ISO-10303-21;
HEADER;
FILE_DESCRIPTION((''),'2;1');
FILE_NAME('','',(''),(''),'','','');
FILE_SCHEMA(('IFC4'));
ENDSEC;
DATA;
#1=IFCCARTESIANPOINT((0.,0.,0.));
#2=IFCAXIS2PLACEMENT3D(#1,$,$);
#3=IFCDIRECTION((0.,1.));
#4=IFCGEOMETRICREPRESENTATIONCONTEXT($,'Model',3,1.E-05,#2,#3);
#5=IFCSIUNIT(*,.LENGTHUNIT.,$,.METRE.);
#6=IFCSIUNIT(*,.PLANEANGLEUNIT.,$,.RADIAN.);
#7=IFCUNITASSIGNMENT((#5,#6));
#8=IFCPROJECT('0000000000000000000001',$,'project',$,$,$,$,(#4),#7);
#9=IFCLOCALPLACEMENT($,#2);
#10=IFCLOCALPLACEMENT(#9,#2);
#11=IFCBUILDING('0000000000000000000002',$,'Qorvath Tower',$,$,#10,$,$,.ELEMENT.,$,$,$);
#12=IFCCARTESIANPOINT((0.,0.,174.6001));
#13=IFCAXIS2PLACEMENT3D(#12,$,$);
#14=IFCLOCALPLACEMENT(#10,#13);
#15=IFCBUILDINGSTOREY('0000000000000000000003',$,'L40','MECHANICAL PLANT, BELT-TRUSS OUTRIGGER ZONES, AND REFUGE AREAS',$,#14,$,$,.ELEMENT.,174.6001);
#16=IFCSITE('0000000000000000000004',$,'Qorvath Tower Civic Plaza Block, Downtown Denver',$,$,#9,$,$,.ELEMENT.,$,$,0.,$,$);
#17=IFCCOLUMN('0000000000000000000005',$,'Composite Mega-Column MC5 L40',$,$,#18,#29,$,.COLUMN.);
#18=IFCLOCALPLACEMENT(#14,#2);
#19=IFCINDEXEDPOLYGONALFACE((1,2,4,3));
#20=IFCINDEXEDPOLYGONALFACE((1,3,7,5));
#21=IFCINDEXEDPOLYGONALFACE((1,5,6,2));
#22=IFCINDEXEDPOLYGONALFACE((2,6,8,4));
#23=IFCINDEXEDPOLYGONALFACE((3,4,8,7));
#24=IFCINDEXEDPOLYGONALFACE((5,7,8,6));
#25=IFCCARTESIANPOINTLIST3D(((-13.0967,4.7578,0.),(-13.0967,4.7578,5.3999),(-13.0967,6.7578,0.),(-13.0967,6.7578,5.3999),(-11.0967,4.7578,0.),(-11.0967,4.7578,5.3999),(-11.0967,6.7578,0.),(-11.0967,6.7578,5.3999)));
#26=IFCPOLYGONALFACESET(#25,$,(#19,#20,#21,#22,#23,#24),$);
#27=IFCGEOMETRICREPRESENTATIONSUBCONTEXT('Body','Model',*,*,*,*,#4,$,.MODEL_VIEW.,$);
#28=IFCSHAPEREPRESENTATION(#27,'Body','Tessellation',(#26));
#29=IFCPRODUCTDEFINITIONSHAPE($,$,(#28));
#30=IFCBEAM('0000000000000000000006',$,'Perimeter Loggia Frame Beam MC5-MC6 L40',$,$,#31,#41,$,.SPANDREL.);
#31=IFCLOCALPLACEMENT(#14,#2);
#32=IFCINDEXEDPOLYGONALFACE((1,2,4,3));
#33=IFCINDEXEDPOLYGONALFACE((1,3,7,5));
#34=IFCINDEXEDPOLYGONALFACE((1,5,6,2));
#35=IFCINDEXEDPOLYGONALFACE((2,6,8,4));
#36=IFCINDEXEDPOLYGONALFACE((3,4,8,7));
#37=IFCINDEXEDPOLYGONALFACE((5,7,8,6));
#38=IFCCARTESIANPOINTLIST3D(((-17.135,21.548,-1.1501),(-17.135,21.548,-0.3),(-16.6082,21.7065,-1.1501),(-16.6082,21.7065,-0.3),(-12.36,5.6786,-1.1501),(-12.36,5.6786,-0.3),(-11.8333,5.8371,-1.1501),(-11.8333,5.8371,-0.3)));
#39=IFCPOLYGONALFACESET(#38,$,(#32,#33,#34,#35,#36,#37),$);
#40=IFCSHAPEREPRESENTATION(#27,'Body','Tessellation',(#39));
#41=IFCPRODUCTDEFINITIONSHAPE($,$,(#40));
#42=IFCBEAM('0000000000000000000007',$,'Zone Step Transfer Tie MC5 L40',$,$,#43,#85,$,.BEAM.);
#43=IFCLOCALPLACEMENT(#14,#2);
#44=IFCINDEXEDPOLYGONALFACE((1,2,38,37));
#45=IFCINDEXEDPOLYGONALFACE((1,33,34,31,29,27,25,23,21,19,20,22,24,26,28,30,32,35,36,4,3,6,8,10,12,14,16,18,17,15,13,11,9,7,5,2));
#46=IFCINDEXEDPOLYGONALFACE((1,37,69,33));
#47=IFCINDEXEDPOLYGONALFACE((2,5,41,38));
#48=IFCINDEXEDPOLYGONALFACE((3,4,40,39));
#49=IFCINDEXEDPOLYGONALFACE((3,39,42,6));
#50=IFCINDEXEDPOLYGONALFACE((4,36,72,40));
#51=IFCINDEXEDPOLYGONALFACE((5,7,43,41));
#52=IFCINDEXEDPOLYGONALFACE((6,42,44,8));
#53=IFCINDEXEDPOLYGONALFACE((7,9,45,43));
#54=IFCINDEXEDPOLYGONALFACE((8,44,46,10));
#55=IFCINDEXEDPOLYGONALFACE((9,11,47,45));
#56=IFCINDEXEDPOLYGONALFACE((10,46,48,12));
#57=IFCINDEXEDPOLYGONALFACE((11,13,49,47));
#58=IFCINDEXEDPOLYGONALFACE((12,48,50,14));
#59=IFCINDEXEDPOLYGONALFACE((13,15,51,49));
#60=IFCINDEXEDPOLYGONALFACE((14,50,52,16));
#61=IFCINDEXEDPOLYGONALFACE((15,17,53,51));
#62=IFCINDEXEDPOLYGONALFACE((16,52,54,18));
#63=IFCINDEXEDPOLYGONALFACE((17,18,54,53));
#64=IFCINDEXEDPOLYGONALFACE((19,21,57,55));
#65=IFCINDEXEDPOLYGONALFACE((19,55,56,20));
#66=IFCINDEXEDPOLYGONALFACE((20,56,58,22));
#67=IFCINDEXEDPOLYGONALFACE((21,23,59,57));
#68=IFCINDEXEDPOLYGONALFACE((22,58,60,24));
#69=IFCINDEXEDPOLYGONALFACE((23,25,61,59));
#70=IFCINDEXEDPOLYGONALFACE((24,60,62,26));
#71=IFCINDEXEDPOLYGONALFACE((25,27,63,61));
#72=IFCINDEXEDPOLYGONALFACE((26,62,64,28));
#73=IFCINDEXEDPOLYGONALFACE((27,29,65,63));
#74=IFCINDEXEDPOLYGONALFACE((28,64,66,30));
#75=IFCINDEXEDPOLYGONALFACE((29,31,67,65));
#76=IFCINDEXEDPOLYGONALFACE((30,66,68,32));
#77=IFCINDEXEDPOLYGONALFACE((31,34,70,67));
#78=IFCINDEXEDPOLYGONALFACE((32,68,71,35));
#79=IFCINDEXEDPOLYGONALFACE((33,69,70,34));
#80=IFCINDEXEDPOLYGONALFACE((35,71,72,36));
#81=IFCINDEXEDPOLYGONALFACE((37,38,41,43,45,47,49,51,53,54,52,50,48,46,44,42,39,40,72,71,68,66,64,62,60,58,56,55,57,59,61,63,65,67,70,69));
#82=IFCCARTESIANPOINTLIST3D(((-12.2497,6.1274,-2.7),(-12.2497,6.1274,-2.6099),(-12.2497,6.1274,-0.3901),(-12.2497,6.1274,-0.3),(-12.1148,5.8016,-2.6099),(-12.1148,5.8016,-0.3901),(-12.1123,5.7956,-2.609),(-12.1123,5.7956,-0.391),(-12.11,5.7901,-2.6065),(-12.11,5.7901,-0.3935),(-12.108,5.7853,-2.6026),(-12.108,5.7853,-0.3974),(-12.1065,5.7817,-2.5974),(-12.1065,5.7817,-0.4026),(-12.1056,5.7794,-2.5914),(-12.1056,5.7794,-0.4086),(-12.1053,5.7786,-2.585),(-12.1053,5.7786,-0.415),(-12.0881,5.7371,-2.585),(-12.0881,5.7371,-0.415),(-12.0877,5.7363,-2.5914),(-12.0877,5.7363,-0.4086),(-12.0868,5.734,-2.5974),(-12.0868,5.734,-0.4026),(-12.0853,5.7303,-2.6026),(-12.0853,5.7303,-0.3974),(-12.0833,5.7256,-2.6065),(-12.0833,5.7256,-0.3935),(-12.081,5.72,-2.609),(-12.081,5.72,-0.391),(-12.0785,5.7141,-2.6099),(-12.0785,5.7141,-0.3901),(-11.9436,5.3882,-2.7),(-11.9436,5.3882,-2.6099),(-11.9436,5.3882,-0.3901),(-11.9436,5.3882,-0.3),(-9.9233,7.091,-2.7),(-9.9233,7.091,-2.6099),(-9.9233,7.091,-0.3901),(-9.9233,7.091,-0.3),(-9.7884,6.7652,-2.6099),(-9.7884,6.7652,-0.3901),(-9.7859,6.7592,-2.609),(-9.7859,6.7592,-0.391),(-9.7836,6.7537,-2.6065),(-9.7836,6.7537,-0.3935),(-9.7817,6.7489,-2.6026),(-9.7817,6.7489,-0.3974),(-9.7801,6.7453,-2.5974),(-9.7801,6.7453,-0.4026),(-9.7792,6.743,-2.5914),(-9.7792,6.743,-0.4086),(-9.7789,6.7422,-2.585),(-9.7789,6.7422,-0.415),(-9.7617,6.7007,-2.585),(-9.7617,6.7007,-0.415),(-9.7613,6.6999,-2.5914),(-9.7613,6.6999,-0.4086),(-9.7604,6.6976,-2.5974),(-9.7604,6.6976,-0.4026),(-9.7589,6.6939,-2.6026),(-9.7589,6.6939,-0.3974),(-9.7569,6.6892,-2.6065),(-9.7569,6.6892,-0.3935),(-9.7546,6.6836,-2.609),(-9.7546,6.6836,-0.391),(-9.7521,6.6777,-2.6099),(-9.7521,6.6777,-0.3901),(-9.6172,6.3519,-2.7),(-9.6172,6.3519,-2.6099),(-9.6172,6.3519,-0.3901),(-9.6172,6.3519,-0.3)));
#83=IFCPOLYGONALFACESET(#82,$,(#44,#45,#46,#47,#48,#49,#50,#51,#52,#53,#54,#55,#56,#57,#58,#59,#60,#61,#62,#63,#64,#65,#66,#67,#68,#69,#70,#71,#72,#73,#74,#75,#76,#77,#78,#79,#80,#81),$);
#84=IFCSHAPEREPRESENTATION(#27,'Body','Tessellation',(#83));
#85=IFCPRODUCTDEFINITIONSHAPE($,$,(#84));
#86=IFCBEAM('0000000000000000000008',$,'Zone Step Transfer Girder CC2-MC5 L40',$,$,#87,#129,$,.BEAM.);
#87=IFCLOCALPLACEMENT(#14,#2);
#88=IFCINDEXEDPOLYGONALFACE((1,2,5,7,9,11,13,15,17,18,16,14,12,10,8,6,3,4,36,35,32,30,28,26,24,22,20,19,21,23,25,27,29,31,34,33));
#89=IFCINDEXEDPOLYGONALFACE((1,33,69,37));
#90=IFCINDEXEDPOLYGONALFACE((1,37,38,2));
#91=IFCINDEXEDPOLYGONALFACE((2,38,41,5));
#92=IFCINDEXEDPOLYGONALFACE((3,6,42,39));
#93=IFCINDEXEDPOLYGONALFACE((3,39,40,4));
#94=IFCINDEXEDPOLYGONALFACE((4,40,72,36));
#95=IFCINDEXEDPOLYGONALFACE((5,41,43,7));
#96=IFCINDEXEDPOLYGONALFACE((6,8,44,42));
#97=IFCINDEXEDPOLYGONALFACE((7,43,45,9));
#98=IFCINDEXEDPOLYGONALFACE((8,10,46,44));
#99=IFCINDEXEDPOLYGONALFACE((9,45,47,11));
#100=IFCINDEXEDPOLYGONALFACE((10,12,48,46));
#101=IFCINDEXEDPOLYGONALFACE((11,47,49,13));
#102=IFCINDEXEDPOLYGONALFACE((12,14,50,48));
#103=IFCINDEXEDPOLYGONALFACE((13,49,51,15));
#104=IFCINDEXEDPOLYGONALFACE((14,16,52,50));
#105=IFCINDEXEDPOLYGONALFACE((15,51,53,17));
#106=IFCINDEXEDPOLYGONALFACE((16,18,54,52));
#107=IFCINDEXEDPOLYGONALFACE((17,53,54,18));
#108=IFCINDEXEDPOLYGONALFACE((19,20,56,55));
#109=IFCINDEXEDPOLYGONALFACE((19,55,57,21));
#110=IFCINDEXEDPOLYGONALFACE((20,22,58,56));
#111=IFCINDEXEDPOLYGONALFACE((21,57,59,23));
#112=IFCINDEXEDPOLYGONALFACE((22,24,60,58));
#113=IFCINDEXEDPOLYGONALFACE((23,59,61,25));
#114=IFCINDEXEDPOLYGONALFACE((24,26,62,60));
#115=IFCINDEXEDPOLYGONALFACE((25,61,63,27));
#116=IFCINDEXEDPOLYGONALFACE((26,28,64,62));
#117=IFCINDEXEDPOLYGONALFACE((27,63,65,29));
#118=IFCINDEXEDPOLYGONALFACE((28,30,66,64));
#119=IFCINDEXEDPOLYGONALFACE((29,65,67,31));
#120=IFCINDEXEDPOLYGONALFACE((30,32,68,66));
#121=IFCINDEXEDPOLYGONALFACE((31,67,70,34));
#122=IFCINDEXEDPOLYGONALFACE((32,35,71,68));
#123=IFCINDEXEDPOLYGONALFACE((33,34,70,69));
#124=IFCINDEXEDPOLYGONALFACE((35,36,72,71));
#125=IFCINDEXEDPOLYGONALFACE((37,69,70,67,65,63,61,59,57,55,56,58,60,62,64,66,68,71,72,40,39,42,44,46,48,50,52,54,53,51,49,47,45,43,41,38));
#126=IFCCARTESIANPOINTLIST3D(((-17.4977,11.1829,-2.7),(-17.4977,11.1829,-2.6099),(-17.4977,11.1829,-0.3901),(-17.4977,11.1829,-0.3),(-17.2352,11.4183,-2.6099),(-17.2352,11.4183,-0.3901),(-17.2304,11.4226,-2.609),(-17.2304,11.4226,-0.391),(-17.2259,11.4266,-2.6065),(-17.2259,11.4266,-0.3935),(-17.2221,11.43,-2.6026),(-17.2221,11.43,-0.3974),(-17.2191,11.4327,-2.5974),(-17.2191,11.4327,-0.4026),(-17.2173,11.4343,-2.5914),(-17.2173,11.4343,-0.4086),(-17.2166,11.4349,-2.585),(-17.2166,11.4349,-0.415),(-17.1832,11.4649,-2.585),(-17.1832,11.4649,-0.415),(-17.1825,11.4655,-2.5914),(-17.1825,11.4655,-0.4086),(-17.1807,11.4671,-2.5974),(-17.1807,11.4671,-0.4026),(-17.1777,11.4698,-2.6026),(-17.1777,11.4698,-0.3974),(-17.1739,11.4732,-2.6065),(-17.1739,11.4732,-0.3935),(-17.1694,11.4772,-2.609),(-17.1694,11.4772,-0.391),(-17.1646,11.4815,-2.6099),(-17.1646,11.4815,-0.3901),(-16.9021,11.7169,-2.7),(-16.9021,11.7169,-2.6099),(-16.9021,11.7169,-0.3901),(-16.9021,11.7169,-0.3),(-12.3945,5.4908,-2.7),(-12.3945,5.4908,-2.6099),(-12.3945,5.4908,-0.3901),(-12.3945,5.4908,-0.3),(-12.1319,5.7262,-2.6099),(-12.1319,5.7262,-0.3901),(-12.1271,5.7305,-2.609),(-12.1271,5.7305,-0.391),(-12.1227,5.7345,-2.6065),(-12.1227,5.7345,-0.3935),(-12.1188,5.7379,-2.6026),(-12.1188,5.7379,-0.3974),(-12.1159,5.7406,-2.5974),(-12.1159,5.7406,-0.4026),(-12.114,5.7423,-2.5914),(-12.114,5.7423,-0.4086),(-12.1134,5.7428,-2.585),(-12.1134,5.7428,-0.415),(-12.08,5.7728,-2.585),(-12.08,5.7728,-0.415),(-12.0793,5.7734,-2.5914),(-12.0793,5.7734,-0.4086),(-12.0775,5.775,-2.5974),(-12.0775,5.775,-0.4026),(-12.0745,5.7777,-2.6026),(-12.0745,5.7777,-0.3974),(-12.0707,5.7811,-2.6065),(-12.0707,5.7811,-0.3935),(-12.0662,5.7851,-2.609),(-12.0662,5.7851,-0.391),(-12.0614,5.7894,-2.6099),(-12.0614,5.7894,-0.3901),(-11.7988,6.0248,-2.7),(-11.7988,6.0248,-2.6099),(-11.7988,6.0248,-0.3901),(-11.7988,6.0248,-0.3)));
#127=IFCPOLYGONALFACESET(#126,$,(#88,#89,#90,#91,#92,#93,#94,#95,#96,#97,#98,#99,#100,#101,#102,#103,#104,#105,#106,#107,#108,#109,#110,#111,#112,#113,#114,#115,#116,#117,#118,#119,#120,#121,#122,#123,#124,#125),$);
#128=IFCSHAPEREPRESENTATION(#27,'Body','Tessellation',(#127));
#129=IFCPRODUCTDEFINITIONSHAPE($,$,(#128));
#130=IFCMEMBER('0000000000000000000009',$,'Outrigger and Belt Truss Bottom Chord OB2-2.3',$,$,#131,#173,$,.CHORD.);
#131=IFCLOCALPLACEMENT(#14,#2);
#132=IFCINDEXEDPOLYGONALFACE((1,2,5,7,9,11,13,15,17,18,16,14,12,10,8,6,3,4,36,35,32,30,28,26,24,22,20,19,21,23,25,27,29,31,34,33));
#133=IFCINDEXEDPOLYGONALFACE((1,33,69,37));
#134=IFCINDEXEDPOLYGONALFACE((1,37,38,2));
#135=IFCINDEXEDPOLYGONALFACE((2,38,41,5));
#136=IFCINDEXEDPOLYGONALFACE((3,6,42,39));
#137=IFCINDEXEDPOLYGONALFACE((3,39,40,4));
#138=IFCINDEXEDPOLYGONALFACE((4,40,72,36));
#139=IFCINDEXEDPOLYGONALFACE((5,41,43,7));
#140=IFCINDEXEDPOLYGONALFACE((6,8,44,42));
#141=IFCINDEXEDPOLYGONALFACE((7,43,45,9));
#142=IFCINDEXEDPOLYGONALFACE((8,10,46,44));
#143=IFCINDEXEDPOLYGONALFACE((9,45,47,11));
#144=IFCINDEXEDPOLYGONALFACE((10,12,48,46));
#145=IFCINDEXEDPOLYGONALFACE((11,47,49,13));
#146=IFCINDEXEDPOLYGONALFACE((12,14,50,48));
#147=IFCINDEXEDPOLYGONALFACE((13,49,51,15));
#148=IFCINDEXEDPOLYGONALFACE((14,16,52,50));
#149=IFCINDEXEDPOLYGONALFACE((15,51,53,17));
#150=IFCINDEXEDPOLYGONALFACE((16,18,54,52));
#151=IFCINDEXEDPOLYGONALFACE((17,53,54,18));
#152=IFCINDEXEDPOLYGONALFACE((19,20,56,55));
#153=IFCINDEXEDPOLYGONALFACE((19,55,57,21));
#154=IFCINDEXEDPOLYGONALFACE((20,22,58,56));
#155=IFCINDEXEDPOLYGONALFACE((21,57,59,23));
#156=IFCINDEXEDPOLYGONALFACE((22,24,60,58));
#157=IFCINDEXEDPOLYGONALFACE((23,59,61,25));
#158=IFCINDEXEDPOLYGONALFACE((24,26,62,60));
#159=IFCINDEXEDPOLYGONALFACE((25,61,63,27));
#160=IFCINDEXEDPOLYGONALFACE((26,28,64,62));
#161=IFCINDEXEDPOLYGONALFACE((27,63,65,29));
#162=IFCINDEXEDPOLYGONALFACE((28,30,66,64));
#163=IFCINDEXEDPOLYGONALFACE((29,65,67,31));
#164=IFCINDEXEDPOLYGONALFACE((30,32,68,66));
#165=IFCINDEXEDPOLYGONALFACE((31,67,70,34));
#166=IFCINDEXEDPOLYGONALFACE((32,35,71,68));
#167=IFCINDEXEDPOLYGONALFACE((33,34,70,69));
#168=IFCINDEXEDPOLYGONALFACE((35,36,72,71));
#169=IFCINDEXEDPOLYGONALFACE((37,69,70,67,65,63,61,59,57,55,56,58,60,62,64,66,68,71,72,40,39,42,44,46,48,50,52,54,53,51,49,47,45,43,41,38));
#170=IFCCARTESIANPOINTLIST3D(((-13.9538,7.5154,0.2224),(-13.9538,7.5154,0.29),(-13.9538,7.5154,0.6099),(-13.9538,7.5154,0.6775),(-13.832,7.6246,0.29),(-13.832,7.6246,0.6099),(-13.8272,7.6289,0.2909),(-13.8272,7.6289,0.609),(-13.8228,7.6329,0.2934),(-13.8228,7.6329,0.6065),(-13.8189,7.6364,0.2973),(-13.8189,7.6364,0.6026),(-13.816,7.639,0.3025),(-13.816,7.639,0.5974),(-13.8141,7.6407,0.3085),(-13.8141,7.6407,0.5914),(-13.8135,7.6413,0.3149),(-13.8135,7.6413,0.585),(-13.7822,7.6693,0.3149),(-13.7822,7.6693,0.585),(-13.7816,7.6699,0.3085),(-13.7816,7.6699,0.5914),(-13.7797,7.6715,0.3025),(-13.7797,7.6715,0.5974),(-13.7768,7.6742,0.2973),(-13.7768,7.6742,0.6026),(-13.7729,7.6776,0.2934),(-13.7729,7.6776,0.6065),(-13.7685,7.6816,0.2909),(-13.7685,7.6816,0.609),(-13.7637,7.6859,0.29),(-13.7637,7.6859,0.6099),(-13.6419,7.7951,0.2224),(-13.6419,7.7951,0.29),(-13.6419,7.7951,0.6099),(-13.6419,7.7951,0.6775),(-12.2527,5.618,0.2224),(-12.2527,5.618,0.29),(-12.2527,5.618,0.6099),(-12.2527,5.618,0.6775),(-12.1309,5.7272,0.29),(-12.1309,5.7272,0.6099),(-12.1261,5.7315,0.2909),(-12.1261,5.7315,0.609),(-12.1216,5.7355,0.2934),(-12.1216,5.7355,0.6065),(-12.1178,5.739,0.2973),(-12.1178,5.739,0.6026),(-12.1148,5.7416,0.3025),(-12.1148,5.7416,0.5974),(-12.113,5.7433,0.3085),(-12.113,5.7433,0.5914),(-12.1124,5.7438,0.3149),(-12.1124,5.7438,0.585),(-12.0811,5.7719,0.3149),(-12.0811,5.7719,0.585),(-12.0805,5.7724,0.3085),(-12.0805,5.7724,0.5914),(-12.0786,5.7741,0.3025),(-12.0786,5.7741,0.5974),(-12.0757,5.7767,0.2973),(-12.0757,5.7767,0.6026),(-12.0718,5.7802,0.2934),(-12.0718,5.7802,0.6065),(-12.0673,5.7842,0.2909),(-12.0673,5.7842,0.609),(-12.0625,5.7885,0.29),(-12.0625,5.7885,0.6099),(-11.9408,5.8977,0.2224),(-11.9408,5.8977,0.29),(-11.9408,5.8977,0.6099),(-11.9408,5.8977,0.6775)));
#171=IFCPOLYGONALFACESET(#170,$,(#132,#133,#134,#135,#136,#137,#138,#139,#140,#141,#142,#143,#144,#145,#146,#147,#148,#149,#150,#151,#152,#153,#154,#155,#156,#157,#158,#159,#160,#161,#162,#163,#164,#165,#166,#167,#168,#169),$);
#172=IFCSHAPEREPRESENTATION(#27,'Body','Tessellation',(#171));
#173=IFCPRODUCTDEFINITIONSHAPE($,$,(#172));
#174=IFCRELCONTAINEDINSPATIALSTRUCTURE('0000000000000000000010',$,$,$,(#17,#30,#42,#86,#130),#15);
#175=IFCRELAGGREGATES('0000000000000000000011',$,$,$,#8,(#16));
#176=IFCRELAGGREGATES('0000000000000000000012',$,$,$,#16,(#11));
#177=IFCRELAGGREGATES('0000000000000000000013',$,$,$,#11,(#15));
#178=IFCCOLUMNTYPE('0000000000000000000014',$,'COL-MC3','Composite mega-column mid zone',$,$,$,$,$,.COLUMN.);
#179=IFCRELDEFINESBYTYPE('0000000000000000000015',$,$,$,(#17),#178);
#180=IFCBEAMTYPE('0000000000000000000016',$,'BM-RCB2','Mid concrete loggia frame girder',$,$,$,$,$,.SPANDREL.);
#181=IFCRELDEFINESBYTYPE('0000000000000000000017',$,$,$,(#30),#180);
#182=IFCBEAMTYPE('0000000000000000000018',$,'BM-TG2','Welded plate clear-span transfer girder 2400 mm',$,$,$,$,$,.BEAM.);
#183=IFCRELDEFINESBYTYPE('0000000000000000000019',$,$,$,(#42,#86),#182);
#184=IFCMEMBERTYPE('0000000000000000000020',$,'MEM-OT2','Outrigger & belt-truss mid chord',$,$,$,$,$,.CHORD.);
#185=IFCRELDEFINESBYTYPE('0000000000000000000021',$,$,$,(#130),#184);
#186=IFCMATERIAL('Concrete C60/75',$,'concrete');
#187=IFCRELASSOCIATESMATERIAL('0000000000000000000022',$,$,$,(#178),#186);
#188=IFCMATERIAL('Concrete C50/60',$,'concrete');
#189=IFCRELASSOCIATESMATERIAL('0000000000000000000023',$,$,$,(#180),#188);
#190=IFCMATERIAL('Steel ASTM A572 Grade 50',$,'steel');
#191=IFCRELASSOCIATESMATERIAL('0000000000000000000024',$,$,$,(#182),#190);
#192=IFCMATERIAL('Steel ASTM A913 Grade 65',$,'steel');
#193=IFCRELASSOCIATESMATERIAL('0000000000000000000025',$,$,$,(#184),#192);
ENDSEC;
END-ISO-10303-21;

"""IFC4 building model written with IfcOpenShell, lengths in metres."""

from ifc_helpers import new_model, si_unit, direction, frame, origin, origin_2d, place, context, subcontext, project, spatial, rectangle, i_section, extrude, material, material_profile, profile_set, type_object, element, save


model = new_model("IFC4")

# Units and contexts
model_context = context("Model", 3, precision=1e-05, world=origin(), true_north=direction((0.0, 1.0)))
body_context = subcontext(model_context, "Body", "Model", "MODEL_VIEW")
ifc_project = project(units=[si_unit("LENGTHUNIT", "METRE"), si_unit("PLANEANGLEUNIT", "RADIAN")], contexts=[model_context])

# Site, building, storey
site_placement = place(None, origin())
site = spatial("IfcSite", under=ifc_project, at=site_placement, Name="Qorvath Tower Civic Plaza Block, Downtown Denver", CompositionType="ELEMENT", RefElevation=0.0)
building_placement = place(site_placement, origin())
building = spatial("IfcBuilding", under=site, at=building_placement, Name="Qorvath Tower", CompositionType="ELEMENT")
storey_placement = place(building_placement, frame((0.0, 0.0, 174.6001)))
storey = spatial("IfcBuildingStorey", under=building, at=storey_placement, Name="L40", Description="MECHANICAL PLANT, BELT-TRUSS OUTRIGGER ZONES, AND REFUGE AREAS", CompositionType="ELEMENT", Elevation=174.6001)

# Column
ifc_material_1 = material(Name="Concrete C60/75", Category="concrete")
ifc_material_profile_1 = material_profile(ifc_material_1, rectangle(XDim=2.0, YDim=2.0, at=origin_2d()), Name="MC 2000x2000")
ifc_profile_set_1 = profile_set([ifc_material_profile_1], Name="Concrete C60/75")
column_type = type_object("IfcColumnType", Name="COL-MC3", Description="Composite mega-column mid zone", PredefinedType="COLUMN", material=ifc_profile_set_1)
column_placement = place(storey_placement, frame((-12.0967, 5.7578, 0.0), z_axis=(0.0, 0.0, 1.0), x_axis=(1.0, 0.0, 0.0)))
element("IfcColumn", 1, at=column_placement, inside=storey, type_object=column_type, Name="Composite Mega-Column MC5 L40", PredefinedType="COLUMN", context=body_context, shape_type="SweptSolid", body=[
    extrude(rectangle(XDim=2.0, YDim=2.0, at=origin_2d()), origin(), (0.0, 0.0, 1.0), 5.3999),
])

# Beams
ifc_material_2 = material(Name="Concrete C50/60", Category="concrete")
ifc_material_profile_2 = material_profile(ifc_material_2, rectangle(XDim=0.55, YDim=0.8501, at=origin_2d()), Name="RCB 850x550")
ifc_profile_set_2 = profile_set([ifc_material_profile_2], Name="Concrete C50/60")
beam_type_1 = type_object("IfcBeamType", Name="BM-RCB2", Description="Mid concrete loggia frame girder", PredefinedType="SPANDREL", material=ifc_profile_set_2)
beam_1_placement = place(storey_placement, frame((-12.0967, 5.7578, -0.7251), z_axis=(-0.288128, 0.957592, 0.0), x_axis=(-0.957592, -0.288128, 0.0)))
element("IfcBeam", 2, at=beam_1_placement, inside=storey, type_object=beam_type_1, Name="Perimeter Loggia Frame Beam MC5-MC6 L40", PredefinedType="SPANDREL", context=body_context, shape_type="SweptSolid", body=[
    extrude(rectangle(XDim=0.55, YDim=0.8501, at=origin_2d()), origin(), (0.0, 0.0, 1.0), 16.5723),
])
ifc_material_3 = material(Name="Steel ASTM A572 Grade 50", Category="steel")
ifc_material_profile_3 = material_profile(ifc_material_3, i_section(OverallWidth=0.8, OverallDepth=2.3999, WebThickness=0.0449, FlangeThickness=0.0901, FilletRadius=0.0249, at=origin_2d()), Name="WTG 2400x800")
ifc_profile_set_3 = profile_set([ifc_material_profile_3], Name="Steel ASTM A572 Grade 50")
beam_type_2 = type_object("IfcBeamType", Name="BM-TG2", Description="Welded plate clear-span transfer girder 2400 mm", PredefinedType="BEAM", material=ifc_profile_set_3)
beam_2_placement = place(storey_placement, frame((-9.7703, 6.7214, -1.5), z_axis=(-0.923881, -0.38268, 0.0), x_axis=(0.38268, -0.923881, 0.0)))
element("IfcBeam", 3, at=beam_2_placement, inside=storey, type_object=beam_type_2, Name="Zone Step Transfer Tie MC5 L40", PredefinedType="BEAM", context=body_context, shape_type="SweptSolid", body=[
    extrude(i_section(OverallWidth=0.8, OverallDepth=2.3999, WebThickness=0.0449, FlangeThickness=0.0901, FilletRadius=0.0249, at=origin_2d()), origin(), (0.0, 0.0, 1.0), 2.5181),
])
beam_3_placement = place(storey_placement, frame((-12.0967, 5.7578, -1.5), z_axis=(-0.667543, 0.744571, 0.0), x_axis=(-0.744571, -0.667543, 0.0)))
element("IfcBeam", 4, at=beam_3_placement, inside=storey, type_object=beam_type_2, Name="Zone Step Transfer Girder CC2-MC5 L40", PredefinedType="BEAM", context=body_context, shape_type="SweptSolid", body=[
    extrude(i_section(OverallWidth=0.8, OverallDepth=2.3999, WebThickness=0.0449, FlangeThickness=0.0901, FilletRadius=0.0249, at=origin_2d()), origin(), (0.0, 0.0, 1.0), 7.6448),
])

# Member
ifc_material_4 = material(Name="Steel ASTM A913 Grade 65", Category="steel")
ifc_material_profile_4 = material_profile(ifc_material_4, i_section(OverallWidth=0.4189, OverallDepth=0.4551, WebThickness=0.042, FlangeThickness=0.0676, FilletRadius=0.0249, at=origin_2d()), Name="W14x370")
ifc_profile_set_4 = profile_set([ifc_material_profile_4], Name="Steel ASTM A913 Grade 65")
member_type_1 = type_object("IfcMemberType", Name="MEM-OT2", Description="Outrigger & belt-truss mid chord", PredefinedType="CHORD", material=ifc_profile_set_4)
member_1_placement = place(storey_placement, frame((-13.7979, 7.6553, 0.45), z_axis=(0.667545, -0.744569, 0.0), x_axis=(0.744569, 0.667545, 0.0)))
element("IfcMember", 5, at=member_1_placement, inside=storey, type_object=member_type_1, Name="Outrigger and Belt Truss Bottom Chord OB2-2.3", PredefinedType="CHORD", context=body_context, shape_type="SweptSolid", body=[
    extrude(i_section(OverallWidth=0.4189, OverallDepth=0.4551, WebThickness=0.042, FlangeThickness=0.0676, FilletRadius=0.0249, at=origin_2d()), origin(), (0.0, 0.0, 1.0), 2.5483),
])

save(model, "model.ifc")
